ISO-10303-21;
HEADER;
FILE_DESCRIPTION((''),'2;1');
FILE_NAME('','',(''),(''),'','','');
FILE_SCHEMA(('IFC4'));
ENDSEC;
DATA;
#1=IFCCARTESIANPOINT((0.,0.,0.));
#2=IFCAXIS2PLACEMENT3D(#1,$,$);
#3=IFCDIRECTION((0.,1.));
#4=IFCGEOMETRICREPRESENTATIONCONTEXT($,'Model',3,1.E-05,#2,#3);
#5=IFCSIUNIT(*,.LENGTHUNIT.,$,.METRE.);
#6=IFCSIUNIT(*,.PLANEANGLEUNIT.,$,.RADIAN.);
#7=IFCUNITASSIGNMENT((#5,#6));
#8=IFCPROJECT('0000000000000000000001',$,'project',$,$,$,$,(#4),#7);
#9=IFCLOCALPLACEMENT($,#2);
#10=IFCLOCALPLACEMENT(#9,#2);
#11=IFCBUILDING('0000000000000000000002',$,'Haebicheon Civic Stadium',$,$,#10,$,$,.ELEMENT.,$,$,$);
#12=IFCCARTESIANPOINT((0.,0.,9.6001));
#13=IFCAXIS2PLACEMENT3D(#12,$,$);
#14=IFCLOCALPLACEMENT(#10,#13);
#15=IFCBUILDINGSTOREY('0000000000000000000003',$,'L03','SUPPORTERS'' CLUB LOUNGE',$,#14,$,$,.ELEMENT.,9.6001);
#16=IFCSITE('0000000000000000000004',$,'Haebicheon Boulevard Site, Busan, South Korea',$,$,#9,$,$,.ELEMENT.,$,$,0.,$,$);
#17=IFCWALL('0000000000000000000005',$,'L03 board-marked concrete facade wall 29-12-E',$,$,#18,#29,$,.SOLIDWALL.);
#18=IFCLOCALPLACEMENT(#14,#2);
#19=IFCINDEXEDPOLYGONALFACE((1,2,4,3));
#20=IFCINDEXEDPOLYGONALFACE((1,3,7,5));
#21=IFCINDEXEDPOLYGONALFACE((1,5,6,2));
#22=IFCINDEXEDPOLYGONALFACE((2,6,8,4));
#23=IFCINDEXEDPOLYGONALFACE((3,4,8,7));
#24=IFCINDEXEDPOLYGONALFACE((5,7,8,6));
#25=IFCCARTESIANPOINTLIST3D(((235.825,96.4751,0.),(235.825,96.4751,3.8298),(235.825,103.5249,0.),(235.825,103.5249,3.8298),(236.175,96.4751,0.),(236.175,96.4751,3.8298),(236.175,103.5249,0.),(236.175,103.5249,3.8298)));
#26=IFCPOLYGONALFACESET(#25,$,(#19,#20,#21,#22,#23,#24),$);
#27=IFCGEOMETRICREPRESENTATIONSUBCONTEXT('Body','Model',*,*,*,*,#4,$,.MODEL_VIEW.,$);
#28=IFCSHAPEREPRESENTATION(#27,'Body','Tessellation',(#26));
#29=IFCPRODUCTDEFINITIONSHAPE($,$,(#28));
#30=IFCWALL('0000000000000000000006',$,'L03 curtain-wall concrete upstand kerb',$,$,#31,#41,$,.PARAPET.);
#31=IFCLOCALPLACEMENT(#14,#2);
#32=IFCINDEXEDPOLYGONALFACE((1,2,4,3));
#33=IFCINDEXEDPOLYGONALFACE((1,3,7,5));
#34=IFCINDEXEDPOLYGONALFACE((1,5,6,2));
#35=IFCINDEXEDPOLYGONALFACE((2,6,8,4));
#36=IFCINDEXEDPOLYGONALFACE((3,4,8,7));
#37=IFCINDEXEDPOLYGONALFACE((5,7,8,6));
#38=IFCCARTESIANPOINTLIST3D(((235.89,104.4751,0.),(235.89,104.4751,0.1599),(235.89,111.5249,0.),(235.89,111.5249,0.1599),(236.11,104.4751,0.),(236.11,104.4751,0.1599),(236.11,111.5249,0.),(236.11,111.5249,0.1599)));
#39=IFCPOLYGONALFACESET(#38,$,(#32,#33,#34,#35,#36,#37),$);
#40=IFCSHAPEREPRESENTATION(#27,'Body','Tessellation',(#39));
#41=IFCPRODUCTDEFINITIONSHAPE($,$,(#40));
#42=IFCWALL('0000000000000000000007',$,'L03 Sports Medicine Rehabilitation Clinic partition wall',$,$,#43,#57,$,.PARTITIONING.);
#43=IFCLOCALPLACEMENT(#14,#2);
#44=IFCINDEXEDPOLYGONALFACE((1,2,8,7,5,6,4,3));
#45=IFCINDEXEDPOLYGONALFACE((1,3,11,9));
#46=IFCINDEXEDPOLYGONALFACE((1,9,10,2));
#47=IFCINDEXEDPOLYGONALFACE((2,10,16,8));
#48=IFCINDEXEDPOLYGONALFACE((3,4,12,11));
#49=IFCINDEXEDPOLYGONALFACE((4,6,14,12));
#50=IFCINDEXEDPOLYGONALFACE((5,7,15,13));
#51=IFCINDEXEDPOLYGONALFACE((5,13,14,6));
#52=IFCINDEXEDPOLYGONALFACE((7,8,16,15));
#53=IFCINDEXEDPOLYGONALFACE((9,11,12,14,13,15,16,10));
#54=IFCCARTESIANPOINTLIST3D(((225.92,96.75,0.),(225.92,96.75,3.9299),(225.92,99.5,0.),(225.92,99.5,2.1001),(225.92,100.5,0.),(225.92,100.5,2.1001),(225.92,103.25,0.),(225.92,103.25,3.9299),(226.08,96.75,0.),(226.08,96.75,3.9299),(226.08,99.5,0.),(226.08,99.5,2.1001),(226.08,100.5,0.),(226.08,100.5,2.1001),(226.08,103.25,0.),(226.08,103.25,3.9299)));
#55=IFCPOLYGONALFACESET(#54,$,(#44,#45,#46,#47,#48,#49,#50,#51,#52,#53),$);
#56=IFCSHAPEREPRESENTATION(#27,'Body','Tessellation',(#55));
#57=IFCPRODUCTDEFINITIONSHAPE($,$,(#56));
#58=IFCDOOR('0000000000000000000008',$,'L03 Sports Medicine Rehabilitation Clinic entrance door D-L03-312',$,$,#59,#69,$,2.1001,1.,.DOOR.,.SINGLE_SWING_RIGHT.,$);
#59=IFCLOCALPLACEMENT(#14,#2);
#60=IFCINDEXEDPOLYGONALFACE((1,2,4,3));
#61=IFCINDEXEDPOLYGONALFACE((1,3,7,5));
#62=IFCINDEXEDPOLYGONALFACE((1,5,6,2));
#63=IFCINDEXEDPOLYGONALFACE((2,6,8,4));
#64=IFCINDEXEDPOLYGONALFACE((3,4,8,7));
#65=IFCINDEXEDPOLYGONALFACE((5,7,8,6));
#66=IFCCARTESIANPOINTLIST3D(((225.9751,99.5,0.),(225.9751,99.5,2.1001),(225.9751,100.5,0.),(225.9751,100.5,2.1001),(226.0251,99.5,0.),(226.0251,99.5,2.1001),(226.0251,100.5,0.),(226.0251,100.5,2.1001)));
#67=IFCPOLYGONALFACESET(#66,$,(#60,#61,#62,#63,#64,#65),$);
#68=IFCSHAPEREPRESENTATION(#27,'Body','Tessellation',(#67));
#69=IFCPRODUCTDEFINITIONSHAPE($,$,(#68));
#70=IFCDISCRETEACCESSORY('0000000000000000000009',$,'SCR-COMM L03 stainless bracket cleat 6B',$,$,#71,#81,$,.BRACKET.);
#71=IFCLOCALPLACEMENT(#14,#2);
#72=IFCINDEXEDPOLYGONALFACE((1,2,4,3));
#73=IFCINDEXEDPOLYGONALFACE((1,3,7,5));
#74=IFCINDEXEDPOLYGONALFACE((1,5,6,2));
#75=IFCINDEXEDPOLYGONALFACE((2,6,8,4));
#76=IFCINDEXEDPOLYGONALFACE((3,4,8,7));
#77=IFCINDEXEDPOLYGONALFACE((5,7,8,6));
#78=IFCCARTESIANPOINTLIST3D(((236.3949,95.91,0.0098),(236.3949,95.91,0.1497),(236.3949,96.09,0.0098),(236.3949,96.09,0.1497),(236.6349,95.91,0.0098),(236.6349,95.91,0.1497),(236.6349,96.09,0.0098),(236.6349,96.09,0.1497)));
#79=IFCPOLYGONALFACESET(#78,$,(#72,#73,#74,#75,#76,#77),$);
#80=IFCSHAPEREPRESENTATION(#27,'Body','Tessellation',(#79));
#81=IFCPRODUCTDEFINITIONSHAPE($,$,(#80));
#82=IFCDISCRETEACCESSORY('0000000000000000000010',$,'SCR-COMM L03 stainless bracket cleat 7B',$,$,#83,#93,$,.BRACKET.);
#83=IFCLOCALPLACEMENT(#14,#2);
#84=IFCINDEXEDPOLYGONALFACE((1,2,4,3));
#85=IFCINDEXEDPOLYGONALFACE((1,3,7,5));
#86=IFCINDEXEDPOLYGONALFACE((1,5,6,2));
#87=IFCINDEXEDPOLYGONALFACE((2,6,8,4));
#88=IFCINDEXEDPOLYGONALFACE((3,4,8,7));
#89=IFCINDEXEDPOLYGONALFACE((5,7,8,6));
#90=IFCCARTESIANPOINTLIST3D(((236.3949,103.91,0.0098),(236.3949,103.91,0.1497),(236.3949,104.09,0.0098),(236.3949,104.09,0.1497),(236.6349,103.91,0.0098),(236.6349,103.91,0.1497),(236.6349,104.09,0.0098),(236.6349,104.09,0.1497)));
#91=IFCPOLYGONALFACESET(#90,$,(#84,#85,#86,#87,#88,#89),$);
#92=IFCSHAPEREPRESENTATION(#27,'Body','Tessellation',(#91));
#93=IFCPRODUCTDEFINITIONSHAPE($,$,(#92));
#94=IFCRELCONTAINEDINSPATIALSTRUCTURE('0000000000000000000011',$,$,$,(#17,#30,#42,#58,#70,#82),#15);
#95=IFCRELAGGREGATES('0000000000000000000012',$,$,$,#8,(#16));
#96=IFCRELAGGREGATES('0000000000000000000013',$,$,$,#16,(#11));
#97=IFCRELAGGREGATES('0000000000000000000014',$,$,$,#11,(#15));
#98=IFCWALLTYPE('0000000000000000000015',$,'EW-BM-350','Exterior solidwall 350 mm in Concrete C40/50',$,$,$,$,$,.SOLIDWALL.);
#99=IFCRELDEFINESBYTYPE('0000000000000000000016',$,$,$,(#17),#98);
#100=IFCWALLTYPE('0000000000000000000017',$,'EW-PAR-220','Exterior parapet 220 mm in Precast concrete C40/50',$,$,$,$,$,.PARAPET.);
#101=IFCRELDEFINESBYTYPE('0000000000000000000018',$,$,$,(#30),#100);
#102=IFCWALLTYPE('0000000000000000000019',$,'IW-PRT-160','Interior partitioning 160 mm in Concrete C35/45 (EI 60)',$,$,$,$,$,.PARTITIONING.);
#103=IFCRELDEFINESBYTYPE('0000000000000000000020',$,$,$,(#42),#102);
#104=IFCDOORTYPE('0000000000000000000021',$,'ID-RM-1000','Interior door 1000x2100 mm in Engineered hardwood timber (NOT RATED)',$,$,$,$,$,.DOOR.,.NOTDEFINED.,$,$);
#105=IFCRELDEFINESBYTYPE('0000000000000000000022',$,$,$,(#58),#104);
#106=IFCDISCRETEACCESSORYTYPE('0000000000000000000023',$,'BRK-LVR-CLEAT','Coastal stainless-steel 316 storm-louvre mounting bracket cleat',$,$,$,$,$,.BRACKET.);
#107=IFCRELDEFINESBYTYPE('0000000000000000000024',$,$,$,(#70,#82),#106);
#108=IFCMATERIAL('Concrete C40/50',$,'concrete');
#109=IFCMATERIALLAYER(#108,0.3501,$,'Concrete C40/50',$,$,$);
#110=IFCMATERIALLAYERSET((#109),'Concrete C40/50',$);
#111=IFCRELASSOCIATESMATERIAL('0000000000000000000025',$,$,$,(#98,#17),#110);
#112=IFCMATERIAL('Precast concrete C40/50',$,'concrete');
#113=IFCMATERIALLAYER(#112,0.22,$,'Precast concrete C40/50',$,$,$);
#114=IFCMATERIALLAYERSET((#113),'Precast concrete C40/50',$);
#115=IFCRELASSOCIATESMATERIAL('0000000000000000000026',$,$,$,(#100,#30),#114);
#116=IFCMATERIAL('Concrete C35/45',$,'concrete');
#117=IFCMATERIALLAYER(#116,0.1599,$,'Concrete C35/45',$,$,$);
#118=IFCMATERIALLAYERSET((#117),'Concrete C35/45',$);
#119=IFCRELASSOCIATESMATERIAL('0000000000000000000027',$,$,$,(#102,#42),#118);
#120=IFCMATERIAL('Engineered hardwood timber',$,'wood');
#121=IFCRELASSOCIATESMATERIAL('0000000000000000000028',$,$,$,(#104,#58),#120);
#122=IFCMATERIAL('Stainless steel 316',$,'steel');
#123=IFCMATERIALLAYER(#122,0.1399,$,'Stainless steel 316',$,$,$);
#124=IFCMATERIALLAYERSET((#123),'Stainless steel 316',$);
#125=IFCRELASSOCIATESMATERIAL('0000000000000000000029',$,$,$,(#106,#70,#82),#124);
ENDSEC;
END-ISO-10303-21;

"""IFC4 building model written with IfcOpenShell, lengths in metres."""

from ifc_helpers import new_model, si_unit, direction, frame, frame_2d, origin, origin_2d, place, context, subcontext, project, spatial, rectangle, extrude, material, layer, layer_set, type_object, element, fill, save


model = new_model("IFC4")

# Units and contexts
model_context = context("Model", 3, precision=1e-05, world=origin(), true_north=direction((0.0, 1.0)))
body_context = subcontext(model_context, "Body", "Model", "MODEL_VIEW")
ifc_project = project(units=[si_unit("LENGTHUNIT", "METRE"), si_unit("PLANEANGLEUNIT", "RADIAN")], contexts=[model_context])

# Site, building, storey
site_placement = place(None, origin())
site = spatial("IfcSite", under=ifc_project, at=site_placement, Name="Haebicheon Boulevard Site, Busan, South Korea", CompositionType="ELEMENT", RefElevation=0.0)
building_placement = place(site_placement, origin())
building = spatial("IfcBuilding", under=site, at=building_placement, Name="Haebicheon Civic Stadium", CompositionType="ELEMENT")
storey_placement = place(building_placement, frame((0.0, 0.0, 9.6001)))
storey = spatial("IfcBuildingStorey", under=building, at=storey_placement, Name="L03", Description="SUPPORTERS' CLUB LOUNGE", CompositionType="ELEMENT", Elevation=9.6001)

# Walls
ifc_material_1 = material(Name="Concrete C40/50", Category="concrete")
ifc_layer_1 = layer(ifc_material_1, 0.3501, Name="Concrete C40/50")
ifc_layer_set_1 = layer_set([ifc_layer_1], Name="Concrete C40/50")
wall_type_1 = type_object("IfcWallType", Name="EW-BM-350", Description="Exterior solidwall 350 mm in Concrete C40/50", PredefinedType="SOLIDWALL", material=ifc_layer_set_1)
wall_1_placement = place(storey_placement, frame((236.0, 96.4751, 0.0), z_axis=(0.0, 0.0, 1.0), x_axis=(0.0, 1.0, 0.0)))
element("IfcWall", 1, at=wall_1_placement, inside=storey, type_object=wall_type_1, material=ifc_layer_set_1, Name="L03 board-marked concrete facade wall 29-12-E", PredefinedType="SOLIDWALL", context=body_context, shape_type="SweptSolid", body=[
    extrude(rectangle(XDim=7.0498, YDim=0.3501, at=frame_2d((3.5249, 0.0))), origin(), (0.0, 0.0, 1.0), 3.8298),
])
ifc_material_2 = material(Name="Precast concrete C40/50", Category="concrete")
ifc_layer_2 = layer(ifc_material_2, 0.22, Name="Precast concrete C40/50")
ifc_layer_set_2 = layer_set([ifc_layer_2], Name="Precast concrete C40/50")
wall_type_2 = type_object("IfcWallType", Name="EW-PAR-220", Description="Exterior parapet 220 mm in Precast concrete C40/50", PredefinedType="PARAPET", material=ifc_layer_set_2)
wall_2_placement = place(storey_placement, frame((236.0, 104.4751, 0.0), z_axis=(0.0, 0.0, 1.0), x_axis=(0.0, 1.0, 0.0)))
element("IfcWall", 2, at=wall_2_placement, inside=storey, type_object=wall_type_2, material=ifc_layer_set_2, Name="L03 curtain-wall concrete upstand kerb", PredefinedType="PARAPET", context=body_context, shape_type="SweptSolid", body=[
    extrude(rectangle(XDim=7.0498, YDim=0.22, at=frame_2d((3.5249, 0.0))), origin(), (0.0, 0.0, 1.0), 0.1599),
])

# Wall, opening, door
ifc_material_3 = material(Name="Concrete C35/45", Category="concrete")
ifc_layer_3 = layer(ifc_material_3, 0.1599, Name="Concrete C35/45")
ifc_layer_set_3 = layer_set([ifc_layer_3], Name="Concrete C35/45")
wall_type_3 = type_object("IfcWallType", Name="IW-PRT-160", Description="Interior partitioning 160 mm in Concrete C35/45 (EI 60)", PredefinedType="PARTITIONING", material=ifc_layer_set_3)
wall_3_placement = place(storey_placement, frame((226.0, 96.75, 0.0), z_axis=(0.0, 0.0, 1.0), x_axis=(0.0, 1.0, 0.0)))
wall_3 = element("IfcWall", 3, at=wall_3_placement, inside=storey, type_object=wall_type_3, material=ifc_layer_set_3, Name="L03 Sports Medicine Rehabilitation Clinic partition wall", PredefinedType="PARTITIONING", context=body_context, shape_type="SweptSolid", body=[
    extrude(rectangle(XDim=6.5, YDim=0.1599, at=frame_2d((3.25, 0.0))), origin(), (0.0, 0.0, 1.0), 3.9299),
])
opening_placement = place(wall_3_placement, frame((2.75, 0.0, 0.0)))
opening = element("IfcOpeningElement", 4, at=opening_placement, cuts=wall_3, PredefinedType="OPENING", context=body_context, shape_type="SweptSolid", body=[
    extrude(rectangle(XDim=1.0, YDim=2.1001, at=frame_2d((0.5, 1.05))), frame((0.0, 0.0898, 0.0), z_axis=(0.0, -1.0, 0.0), x_axis=(1.0, 0.0, 0.0)), (0.0, 0.0, 1.0), 0.1799),
])
ifc_material_4 = material(Name="Engineered hardwood timber", Category="wood")
door_type = type_object("IfcDoorType", Name="ID-RM-1000", Description="Interior door 1000x2100 mm in Engineered hardwood timber (NOT RATED)", OperationType="NOTDEFINED", PredefinedType="DOOR", material=ifc_material_4)
door_placement = place(opening_placement, origin())
door = element("IfcDoor", 5, at=door_placement, inside=storey, type_object=door_type, material=ifc_material_4, Name="L03 Sports Medicine Rehabilitation Clinic entrance door D-L03-312", OperationType="SINGLE_SWING_RIGHT", OverallHeight=2.1001, OverallWidth=1.0, PredefinedType="DOOR", context=body_context, shape_type="SweptSolid", body=[
    extrude(rectangle(XDim=1.0, YDim=2.1001, at=frame_2d((0.5, 1.05))), frame((0.0, 0.0249, 0.0), z_axis=(0.0, -1.0, 0.0), x_axis=(1.0, 0.0, 0.0)), (0.0, 0.0, 1.0), 0.05),
])
fill(opening, door)

# Discrete accessories
ifc_material_5 = material(Name="Stainless steel 316", Category="steel")
ifc_layer_4 = layer(ifc_material_5, 0.1399, Name="Stainless steel 316")
ifc_layer_set_4 = layer_set([ifc_layer_4], Name="Stainless steel 316")
discrete_accessory_type = type_object("IfcDiscreteAccessoryType", Name="BRK-LVR-CLEAT", Description="Coastal stainless-steel 316 storm-louvre mounting bracket cleat", PredefinedType="BRACKET", material=ifc_layer_set_4)
for number, where, z_axis, x_axis, name in (
    (6, (236.5149, 96.0, 0.0098), (0.0, 0.0, 1.0), (1.0, 0.0, 0.0), "SCR-COMM L03 stainless bracket cleat 6B"),
    (7, (236.5149, 104.0, 0.0098), (0.0, 0.0, 1.0), (1.0, 0.0, 0.0), "SCR-COMM L03 stainless bracket cleat 7B"),
):
    element("IfcDiscreteAccessory", number, at=place(storey_placement, frame(where, z_axis=z_axis, x_axis=x_axis)), inside=storey, type_object=discrete_accessory_type, material=ifc_layer_set_4, Name=name, PredefinedType="BRACKET", context=body_context, shape_type="SweptSolid", body=[
        extrude(rectangle(XDim=0.24, YDim=0.1799, at=origin_2d()), origin(), (0.0, 0.0, 1.0), 0.1399),
    ])

save(model, "model.ifc")
